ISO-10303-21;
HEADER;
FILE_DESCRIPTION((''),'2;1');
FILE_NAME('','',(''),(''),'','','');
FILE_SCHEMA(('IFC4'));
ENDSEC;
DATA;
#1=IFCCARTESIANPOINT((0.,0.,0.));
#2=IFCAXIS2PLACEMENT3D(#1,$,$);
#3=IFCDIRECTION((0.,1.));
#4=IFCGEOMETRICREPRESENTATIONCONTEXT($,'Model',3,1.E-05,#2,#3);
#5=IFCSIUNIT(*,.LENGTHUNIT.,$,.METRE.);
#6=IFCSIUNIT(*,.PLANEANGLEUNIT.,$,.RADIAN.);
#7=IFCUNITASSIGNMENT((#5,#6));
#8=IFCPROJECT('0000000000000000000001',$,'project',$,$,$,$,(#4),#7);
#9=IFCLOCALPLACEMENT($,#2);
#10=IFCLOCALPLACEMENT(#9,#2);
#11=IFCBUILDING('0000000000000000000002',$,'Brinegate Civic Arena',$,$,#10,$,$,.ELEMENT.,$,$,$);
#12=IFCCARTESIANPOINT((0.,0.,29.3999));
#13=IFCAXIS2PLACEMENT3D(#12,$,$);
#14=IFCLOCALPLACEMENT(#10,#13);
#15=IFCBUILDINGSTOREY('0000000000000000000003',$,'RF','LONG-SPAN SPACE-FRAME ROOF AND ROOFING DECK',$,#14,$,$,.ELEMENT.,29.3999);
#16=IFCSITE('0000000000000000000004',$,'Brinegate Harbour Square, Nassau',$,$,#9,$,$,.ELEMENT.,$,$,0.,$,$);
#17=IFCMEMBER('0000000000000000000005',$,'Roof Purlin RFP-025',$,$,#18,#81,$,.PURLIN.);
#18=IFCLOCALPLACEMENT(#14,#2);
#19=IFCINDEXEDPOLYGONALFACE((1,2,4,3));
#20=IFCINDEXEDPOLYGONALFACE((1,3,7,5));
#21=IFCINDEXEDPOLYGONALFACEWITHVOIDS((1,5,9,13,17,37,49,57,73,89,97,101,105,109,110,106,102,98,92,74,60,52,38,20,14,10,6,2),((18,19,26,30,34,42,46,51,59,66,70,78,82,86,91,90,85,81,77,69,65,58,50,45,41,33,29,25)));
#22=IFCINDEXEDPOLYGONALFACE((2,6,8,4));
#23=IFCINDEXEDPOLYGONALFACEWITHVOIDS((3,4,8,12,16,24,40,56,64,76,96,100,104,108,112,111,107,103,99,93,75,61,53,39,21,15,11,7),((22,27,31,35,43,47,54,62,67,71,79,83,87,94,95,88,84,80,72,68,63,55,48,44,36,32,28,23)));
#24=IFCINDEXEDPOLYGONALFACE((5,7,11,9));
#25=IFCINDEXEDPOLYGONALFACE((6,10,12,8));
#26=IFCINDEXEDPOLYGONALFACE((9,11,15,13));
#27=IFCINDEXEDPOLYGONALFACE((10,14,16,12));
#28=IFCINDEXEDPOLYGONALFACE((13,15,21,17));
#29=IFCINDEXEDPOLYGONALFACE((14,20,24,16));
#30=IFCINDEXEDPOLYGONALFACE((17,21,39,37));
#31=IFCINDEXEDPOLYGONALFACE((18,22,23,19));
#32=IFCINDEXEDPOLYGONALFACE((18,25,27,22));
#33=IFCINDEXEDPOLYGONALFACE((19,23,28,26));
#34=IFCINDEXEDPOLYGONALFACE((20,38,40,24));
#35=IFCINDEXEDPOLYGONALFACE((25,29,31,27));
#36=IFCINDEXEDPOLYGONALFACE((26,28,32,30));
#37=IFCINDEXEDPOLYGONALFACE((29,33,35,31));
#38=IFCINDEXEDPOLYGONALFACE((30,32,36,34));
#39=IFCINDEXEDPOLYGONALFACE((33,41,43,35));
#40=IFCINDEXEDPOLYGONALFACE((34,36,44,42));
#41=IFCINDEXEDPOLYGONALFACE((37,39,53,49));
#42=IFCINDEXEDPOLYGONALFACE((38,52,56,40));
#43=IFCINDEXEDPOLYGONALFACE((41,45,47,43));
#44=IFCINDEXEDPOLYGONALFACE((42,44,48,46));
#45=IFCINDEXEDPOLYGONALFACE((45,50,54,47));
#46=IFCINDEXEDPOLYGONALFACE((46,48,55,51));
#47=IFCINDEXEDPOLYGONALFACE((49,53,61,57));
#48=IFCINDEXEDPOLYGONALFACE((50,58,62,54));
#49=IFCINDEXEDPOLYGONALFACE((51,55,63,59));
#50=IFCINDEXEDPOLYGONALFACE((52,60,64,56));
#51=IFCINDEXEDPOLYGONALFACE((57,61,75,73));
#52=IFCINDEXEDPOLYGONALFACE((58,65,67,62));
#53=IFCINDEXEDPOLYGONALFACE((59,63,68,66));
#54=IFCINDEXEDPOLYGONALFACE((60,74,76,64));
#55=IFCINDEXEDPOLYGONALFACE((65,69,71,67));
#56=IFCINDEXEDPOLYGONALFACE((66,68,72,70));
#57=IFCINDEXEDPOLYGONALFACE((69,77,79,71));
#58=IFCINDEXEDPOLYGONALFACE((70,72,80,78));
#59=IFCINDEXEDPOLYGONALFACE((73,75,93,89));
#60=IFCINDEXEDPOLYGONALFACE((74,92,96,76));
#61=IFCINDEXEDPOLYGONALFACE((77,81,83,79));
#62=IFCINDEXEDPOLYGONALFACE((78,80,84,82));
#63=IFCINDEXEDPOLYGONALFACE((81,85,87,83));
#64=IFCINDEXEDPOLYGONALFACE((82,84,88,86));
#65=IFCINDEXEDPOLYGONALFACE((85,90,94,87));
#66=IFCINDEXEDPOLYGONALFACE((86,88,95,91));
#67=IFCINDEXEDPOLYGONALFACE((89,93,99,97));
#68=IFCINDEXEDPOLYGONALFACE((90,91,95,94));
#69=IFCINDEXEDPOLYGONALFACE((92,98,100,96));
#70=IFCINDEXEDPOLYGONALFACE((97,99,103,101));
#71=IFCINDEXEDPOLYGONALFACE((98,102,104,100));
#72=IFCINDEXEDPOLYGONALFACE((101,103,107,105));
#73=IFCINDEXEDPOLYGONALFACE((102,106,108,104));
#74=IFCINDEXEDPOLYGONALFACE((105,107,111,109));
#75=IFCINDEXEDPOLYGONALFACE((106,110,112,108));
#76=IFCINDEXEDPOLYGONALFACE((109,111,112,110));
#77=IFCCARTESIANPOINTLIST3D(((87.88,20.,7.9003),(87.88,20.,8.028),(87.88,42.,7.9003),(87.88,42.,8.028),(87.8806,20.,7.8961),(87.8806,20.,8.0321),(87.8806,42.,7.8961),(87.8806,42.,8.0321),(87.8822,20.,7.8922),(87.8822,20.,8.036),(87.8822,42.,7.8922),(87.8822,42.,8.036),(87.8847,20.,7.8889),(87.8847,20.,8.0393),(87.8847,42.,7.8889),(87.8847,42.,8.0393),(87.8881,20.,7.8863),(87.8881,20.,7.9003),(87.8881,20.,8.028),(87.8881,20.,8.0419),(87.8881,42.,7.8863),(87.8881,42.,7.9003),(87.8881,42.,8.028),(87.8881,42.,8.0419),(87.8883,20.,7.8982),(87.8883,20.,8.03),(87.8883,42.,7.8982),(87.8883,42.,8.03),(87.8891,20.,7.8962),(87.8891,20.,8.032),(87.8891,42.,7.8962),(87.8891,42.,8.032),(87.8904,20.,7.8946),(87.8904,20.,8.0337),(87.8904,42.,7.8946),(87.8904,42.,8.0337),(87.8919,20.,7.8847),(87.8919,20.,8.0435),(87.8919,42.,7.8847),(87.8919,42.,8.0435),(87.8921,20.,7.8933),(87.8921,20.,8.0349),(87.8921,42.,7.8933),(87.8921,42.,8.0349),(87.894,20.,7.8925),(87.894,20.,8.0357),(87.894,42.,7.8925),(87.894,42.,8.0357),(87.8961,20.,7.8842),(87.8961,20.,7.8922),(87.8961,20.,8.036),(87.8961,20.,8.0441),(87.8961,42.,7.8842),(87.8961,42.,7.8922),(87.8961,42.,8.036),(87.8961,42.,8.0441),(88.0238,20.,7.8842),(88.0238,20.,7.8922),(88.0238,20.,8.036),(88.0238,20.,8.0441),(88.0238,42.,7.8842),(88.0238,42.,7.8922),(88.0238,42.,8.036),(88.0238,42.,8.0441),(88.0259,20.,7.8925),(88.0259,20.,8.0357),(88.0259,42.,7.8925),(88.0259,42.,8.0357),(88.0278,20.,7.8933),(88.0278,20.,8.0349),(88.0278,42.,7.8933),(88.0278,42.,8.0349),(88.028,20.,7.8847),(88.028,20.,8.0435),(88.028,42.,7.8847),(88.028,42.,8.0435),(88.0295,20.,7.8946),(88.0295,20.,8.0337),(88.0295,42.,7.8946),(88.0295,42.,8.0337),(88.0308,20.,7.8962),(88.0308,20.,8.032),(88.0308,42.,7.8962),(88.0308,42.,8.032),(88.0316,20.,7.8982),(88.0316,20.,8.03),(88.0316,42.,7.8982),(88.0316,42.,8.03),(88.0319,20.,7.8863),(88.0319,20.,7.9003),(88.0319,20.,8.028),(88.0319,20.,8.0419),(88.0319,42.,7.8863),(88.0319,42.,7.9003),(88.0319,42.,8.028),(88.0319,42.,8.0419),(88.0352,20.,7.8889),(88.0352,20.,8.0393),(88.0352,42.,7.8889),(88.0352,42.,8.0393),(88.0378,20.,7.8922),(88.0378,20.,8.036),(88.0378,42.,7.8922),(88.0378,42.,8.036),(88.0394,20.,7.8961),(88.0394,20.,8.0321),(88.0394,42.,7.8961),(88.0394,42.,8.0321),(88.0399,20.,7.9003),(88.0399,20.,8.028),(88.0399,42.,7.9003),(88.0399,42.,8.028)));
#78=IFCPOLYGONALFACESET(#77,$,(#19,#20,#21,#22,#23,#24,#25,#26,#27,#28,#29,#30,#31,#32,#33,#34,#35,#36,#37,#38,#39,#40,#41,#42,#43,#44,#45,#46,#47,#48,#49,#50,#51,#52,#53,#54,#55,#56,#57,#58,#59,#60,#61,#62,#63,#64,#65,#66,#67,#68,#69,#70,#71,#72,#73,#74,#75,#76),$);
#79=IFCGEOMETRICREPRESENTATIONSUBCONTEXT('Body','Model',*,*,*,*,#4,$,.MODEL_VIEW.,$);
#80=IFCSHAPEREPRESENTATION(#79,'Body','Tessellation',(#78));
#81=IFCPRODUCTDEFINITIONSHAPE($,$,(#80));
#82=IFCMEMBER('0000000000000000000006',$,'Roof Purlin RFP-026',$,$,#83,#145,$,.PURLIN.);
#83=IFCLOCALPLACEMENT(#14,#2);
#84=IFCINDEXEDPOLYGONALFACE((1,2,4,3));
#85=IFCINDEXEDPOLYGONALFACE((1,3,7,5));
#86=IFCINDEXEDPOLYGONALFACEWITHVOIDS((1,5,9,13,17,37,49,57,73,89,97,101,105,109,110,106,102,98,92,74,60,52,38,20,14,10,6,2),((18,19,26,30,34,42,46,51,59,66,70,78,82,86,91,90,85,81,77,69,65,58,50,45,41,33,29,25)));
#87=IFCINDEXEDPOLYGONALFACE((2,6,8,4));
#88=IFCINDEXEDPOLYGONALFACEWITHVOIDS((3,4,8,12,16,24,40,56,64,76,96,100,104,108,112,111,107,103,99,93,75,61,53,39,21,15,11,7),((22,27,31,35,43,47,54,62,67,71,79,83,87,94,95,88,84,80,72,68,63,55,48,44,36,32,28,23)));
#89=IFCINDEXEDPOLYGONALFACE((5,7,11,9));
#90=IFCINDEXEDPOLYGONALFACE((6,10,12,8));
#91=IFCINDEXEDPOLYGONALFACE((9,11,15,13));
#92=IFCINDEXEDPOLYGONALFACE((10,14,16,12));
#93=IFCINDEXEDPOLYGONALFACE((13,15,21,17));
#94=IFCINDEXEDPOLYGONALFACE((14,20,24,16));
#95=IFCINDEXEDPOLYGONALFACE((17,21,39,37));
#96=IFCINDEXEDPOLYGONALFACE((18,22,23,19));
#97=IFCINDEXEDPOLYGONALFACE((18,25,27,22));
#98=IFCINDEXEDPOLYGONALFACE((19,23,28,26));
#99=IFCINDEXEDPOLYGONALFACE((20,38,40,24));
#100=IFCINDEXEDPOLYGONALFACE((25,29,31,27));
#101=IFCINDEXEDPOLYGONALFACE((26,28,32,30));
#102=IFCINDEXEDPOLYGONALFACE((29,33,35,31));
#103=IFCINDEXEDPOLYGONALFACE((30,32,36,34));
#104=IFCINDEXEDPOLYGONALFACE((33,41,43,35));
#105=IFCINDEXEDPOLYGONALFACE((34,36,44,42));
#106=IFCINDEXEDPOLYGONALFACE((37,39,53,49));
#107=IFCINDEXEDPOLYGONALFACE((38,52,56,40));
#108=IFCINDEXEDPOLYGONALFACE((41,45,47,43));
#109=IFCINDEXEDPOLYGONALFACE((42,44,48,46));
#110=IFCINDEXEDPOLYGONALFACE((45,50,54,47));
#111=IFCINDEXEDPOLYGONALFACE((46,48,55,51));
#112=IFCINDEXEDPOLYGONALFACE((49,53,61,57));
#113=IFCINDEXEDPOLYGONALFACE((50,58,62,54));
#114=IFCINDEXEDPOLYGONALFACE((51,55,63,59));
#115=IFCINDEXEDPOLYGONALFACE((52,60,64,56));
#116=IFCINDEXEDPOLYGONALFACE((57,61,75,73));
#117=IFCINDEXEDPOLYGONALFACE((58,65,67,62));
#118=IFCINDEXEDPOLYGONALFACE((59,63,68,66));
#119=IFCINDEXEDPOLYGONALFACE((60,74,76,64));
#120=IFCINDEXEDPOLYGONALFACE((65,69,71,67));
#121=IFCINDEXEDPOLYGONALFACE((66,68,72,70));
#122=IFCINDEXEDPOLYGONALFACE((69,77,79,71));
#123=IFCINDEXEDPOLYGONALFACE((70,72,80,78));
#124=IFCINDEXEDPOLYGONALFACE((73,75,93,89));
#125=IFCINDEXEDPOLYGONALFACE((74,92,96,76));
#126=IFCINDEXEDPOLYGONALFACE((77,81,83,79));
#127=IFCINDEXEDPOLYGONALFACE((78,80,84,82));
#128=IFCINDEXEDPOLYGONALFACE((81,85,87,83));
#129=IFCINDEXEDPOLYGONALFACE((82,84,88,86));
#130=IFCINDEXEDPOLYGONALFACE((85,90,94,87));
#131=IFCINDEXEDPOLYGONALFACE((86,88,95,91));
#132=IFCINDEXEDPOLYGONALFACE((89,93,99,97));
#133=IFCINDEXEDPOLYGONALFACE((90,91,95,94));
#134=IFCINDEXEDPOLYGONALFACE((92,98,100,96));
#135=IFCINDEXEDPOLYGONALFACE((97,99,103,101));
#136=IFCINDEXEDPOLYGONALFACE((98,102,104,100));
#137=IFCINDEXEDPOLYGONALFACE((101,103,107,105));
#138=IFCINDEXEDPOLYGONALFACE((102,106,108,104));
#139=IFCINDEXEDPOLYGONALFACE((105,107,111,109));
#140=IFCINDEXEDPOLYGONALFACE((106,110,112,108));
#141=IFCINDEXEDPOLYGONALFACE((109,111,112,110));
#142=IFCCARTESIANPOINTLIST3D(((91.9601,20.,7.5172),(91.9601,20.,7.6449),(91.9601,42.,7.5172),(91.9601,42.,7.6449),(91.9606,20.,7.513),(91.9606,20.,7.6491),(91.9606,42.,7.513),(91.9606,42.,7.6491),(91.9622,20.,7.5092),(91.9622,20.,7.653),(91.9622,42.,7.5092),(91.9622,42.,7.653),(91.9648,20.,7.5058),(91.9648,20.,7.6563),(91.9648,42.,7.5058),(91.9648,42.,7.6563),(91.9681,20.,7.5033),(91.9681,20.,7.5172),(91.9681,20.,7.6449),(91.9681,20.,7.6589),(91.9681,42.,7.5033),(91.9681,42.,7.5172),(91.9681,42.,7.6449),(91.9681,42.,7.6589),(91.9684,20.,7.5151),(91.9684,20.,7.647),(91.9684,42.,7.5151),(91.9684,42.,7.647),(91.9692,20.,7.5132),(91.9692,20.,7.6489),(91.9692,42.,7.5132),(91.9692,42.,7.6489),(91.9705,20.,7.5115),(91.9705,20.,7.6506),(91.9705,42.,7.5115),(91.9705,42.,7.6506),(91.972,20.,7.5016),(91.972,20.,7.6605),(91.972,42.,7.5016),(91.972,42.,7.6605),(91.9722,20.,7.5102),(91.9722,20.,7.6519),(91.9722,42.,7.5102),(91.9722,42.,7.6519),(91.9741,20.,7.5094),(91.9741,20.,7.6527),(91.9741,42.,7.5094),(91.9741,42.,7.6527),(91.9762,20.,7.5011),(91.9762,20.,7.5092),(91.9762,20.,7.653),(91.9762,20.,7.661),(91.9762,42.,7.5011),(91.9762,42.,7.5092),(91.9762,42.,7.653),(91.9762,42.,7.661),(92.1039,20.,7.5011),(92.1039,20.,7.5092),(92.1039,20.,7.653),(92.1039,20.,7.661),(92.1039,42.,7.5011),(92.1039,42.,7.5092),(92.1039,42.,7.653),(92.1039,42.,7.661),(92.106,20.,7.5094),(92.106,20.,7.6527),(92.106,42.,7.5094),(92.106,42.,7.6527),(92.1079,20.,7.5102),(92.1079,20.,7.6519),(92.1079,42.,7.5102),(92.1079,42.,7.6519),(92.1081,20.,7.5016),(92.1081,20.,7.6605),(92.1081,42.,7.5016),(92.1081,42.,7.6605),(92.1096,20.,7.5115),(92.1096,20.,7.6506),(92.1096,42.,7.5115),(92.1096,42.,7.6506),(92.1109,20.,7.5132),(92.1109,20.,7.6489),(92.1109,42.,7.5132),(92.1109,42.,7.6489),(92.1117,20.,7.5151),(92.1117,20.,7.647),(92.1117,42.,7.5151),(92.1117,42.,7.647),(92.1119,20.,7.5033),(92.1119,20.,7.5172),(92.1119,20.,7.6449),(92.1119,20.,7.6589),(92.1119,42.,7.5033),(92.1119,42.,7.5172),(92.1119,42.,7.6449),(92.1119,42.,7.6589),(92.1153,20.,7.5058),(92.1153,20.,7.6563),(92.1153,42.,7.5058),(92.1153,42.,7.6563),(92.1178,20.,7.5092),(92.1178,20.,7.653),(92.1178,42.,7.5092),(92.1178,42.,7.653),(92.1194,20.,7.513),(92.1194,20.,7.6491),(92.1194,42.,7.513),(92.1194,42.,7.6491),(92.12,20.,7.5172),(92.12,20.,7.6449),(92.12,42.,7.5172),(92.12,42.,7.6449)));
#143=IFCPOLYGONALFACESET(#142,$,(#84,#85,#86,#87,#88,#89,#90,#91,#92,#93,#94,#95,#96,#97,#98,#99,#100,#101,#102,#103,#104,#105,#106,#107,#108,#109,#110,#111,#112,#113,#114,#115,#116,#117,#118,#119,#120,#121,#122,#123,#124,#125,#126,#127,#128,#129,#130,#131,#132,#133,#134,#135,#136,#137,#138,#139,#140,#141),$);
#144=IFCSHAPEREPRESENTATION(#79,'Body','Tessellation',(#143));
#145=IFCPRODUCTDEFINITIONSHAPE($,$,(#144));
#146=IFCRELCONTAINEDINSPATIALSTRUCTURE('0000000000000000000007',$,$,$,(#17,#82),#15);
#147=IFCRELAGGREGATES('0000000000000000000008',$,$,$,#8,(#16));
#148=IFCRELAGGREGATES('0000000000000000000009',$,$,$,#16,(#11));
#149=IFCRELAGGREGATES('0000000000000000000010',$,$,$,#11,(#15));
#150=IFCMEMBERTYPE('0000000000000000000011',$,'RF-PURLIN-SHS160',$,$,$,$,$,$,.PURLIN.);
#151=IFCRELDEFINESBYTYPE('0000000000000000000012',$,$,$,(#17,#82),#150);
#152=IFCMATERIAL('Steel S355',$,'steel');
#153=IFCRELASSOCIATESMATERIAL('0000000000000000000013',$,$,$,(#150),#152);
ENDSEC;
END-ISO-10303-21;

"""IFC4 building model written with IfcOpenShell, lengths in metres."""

from ifc_helpers import new_model, si_unit, direction, frame, origin, origin_2d, place, context, subcontext, project, spatial, hollow_rectangle, extrude, material, material_profile, profile_set, type_object, element, save


model = new_model("IFC4")

# Units and contexts
model_context = context("Model", 3, precision=1e-05, world=origin(), true_north=direction((0.0, 1.0)))
body_context = subcontext(model_context, "Body", "Model", "MODEL_VIEW")
ifc_project = project(units=[si_unit("LENGTHUNIT", "METRE"), si_unit("PLANEANGLEUNIT", "RADIAN")], contexts=[model_context])

# Site, building, storey
site_placement = place(None, origin())
site = spatial("IfcSite", under=ifc_project, at=site_placement, Name="Brinegate Harbour Square, Nassau", CompositionType="ELEMENT", RefElevation=0.0)
building_placement = place(site_placement, origin())
building = spatial("IfcBuilding", under=site, at=building_placement, Name="Brinegate Civic Arena", CompositionType="ELEMENT")
storey_placement = place(building_placement, frame((0.0, 0.0, 29.3999)))
storey = spatial("IfcBuildingStorey", under=building, at=storey_placement, Name="RF", Description="LONG-SPAN SPACE-FRAME ROOF AND ROOFING DECK", CompositionType="ELEMENT", Elevation=29.3999)

# Members
ifc_material = material(Name="Steel S355", Category="steel")
ifc_material_profile_1 = material_profile(ifc_material, hollow_rectangle(XDim=0.1599, YDim=0.1599, WallThickness=0.0081, InnerFilletRadius=0.0081, OuterFilletRadius=0.0161, at=origin_2d()), Name="SHS160X8")
ifc_profile_set_1 = profile_set([ifc_material_profile_1], Name="Steel S355")
member_type_1 = type_object("IfcMemberType", Name="RF-PURLIN-SHS160", PredefinedType="PURLIN", material=ifc_profile_set_1)
for number, where, z_axis, x_axis, name in (
    (1, (87.96, 20.0, 7.9641), (0.0, 1.0, 0.0), (-1.0, 0.0, 0.0), "Roof Purlin RFP-025"),
    (2, (92.04, 20.0, 7.5811), (0.0, 1.0, 0.0), (-1.0, 0.0, 0.0), "Roof Purlin RFP-026"),
):
    element("IfcMember", number, at=place(storey_placement, frame(where, z_axis=z_axis, x_axis=x_axis)), inside=storey, type_object=member_type_1, Name=name, PredefinedType="PURLIN", context=body_context, shape_type="SweptSolid", body=[
        extrude(hollow_rectangle(XDim=0.1599, YDim=0.1599, WallThickness=0.0081, InnerFilletRadius=0.0081, OuterFilletRadius=0.0161, at=origin_2d()), origin(), (0.0, 0.0, 1.0), 22.0),
    ])

save(model, "model.ifc")
